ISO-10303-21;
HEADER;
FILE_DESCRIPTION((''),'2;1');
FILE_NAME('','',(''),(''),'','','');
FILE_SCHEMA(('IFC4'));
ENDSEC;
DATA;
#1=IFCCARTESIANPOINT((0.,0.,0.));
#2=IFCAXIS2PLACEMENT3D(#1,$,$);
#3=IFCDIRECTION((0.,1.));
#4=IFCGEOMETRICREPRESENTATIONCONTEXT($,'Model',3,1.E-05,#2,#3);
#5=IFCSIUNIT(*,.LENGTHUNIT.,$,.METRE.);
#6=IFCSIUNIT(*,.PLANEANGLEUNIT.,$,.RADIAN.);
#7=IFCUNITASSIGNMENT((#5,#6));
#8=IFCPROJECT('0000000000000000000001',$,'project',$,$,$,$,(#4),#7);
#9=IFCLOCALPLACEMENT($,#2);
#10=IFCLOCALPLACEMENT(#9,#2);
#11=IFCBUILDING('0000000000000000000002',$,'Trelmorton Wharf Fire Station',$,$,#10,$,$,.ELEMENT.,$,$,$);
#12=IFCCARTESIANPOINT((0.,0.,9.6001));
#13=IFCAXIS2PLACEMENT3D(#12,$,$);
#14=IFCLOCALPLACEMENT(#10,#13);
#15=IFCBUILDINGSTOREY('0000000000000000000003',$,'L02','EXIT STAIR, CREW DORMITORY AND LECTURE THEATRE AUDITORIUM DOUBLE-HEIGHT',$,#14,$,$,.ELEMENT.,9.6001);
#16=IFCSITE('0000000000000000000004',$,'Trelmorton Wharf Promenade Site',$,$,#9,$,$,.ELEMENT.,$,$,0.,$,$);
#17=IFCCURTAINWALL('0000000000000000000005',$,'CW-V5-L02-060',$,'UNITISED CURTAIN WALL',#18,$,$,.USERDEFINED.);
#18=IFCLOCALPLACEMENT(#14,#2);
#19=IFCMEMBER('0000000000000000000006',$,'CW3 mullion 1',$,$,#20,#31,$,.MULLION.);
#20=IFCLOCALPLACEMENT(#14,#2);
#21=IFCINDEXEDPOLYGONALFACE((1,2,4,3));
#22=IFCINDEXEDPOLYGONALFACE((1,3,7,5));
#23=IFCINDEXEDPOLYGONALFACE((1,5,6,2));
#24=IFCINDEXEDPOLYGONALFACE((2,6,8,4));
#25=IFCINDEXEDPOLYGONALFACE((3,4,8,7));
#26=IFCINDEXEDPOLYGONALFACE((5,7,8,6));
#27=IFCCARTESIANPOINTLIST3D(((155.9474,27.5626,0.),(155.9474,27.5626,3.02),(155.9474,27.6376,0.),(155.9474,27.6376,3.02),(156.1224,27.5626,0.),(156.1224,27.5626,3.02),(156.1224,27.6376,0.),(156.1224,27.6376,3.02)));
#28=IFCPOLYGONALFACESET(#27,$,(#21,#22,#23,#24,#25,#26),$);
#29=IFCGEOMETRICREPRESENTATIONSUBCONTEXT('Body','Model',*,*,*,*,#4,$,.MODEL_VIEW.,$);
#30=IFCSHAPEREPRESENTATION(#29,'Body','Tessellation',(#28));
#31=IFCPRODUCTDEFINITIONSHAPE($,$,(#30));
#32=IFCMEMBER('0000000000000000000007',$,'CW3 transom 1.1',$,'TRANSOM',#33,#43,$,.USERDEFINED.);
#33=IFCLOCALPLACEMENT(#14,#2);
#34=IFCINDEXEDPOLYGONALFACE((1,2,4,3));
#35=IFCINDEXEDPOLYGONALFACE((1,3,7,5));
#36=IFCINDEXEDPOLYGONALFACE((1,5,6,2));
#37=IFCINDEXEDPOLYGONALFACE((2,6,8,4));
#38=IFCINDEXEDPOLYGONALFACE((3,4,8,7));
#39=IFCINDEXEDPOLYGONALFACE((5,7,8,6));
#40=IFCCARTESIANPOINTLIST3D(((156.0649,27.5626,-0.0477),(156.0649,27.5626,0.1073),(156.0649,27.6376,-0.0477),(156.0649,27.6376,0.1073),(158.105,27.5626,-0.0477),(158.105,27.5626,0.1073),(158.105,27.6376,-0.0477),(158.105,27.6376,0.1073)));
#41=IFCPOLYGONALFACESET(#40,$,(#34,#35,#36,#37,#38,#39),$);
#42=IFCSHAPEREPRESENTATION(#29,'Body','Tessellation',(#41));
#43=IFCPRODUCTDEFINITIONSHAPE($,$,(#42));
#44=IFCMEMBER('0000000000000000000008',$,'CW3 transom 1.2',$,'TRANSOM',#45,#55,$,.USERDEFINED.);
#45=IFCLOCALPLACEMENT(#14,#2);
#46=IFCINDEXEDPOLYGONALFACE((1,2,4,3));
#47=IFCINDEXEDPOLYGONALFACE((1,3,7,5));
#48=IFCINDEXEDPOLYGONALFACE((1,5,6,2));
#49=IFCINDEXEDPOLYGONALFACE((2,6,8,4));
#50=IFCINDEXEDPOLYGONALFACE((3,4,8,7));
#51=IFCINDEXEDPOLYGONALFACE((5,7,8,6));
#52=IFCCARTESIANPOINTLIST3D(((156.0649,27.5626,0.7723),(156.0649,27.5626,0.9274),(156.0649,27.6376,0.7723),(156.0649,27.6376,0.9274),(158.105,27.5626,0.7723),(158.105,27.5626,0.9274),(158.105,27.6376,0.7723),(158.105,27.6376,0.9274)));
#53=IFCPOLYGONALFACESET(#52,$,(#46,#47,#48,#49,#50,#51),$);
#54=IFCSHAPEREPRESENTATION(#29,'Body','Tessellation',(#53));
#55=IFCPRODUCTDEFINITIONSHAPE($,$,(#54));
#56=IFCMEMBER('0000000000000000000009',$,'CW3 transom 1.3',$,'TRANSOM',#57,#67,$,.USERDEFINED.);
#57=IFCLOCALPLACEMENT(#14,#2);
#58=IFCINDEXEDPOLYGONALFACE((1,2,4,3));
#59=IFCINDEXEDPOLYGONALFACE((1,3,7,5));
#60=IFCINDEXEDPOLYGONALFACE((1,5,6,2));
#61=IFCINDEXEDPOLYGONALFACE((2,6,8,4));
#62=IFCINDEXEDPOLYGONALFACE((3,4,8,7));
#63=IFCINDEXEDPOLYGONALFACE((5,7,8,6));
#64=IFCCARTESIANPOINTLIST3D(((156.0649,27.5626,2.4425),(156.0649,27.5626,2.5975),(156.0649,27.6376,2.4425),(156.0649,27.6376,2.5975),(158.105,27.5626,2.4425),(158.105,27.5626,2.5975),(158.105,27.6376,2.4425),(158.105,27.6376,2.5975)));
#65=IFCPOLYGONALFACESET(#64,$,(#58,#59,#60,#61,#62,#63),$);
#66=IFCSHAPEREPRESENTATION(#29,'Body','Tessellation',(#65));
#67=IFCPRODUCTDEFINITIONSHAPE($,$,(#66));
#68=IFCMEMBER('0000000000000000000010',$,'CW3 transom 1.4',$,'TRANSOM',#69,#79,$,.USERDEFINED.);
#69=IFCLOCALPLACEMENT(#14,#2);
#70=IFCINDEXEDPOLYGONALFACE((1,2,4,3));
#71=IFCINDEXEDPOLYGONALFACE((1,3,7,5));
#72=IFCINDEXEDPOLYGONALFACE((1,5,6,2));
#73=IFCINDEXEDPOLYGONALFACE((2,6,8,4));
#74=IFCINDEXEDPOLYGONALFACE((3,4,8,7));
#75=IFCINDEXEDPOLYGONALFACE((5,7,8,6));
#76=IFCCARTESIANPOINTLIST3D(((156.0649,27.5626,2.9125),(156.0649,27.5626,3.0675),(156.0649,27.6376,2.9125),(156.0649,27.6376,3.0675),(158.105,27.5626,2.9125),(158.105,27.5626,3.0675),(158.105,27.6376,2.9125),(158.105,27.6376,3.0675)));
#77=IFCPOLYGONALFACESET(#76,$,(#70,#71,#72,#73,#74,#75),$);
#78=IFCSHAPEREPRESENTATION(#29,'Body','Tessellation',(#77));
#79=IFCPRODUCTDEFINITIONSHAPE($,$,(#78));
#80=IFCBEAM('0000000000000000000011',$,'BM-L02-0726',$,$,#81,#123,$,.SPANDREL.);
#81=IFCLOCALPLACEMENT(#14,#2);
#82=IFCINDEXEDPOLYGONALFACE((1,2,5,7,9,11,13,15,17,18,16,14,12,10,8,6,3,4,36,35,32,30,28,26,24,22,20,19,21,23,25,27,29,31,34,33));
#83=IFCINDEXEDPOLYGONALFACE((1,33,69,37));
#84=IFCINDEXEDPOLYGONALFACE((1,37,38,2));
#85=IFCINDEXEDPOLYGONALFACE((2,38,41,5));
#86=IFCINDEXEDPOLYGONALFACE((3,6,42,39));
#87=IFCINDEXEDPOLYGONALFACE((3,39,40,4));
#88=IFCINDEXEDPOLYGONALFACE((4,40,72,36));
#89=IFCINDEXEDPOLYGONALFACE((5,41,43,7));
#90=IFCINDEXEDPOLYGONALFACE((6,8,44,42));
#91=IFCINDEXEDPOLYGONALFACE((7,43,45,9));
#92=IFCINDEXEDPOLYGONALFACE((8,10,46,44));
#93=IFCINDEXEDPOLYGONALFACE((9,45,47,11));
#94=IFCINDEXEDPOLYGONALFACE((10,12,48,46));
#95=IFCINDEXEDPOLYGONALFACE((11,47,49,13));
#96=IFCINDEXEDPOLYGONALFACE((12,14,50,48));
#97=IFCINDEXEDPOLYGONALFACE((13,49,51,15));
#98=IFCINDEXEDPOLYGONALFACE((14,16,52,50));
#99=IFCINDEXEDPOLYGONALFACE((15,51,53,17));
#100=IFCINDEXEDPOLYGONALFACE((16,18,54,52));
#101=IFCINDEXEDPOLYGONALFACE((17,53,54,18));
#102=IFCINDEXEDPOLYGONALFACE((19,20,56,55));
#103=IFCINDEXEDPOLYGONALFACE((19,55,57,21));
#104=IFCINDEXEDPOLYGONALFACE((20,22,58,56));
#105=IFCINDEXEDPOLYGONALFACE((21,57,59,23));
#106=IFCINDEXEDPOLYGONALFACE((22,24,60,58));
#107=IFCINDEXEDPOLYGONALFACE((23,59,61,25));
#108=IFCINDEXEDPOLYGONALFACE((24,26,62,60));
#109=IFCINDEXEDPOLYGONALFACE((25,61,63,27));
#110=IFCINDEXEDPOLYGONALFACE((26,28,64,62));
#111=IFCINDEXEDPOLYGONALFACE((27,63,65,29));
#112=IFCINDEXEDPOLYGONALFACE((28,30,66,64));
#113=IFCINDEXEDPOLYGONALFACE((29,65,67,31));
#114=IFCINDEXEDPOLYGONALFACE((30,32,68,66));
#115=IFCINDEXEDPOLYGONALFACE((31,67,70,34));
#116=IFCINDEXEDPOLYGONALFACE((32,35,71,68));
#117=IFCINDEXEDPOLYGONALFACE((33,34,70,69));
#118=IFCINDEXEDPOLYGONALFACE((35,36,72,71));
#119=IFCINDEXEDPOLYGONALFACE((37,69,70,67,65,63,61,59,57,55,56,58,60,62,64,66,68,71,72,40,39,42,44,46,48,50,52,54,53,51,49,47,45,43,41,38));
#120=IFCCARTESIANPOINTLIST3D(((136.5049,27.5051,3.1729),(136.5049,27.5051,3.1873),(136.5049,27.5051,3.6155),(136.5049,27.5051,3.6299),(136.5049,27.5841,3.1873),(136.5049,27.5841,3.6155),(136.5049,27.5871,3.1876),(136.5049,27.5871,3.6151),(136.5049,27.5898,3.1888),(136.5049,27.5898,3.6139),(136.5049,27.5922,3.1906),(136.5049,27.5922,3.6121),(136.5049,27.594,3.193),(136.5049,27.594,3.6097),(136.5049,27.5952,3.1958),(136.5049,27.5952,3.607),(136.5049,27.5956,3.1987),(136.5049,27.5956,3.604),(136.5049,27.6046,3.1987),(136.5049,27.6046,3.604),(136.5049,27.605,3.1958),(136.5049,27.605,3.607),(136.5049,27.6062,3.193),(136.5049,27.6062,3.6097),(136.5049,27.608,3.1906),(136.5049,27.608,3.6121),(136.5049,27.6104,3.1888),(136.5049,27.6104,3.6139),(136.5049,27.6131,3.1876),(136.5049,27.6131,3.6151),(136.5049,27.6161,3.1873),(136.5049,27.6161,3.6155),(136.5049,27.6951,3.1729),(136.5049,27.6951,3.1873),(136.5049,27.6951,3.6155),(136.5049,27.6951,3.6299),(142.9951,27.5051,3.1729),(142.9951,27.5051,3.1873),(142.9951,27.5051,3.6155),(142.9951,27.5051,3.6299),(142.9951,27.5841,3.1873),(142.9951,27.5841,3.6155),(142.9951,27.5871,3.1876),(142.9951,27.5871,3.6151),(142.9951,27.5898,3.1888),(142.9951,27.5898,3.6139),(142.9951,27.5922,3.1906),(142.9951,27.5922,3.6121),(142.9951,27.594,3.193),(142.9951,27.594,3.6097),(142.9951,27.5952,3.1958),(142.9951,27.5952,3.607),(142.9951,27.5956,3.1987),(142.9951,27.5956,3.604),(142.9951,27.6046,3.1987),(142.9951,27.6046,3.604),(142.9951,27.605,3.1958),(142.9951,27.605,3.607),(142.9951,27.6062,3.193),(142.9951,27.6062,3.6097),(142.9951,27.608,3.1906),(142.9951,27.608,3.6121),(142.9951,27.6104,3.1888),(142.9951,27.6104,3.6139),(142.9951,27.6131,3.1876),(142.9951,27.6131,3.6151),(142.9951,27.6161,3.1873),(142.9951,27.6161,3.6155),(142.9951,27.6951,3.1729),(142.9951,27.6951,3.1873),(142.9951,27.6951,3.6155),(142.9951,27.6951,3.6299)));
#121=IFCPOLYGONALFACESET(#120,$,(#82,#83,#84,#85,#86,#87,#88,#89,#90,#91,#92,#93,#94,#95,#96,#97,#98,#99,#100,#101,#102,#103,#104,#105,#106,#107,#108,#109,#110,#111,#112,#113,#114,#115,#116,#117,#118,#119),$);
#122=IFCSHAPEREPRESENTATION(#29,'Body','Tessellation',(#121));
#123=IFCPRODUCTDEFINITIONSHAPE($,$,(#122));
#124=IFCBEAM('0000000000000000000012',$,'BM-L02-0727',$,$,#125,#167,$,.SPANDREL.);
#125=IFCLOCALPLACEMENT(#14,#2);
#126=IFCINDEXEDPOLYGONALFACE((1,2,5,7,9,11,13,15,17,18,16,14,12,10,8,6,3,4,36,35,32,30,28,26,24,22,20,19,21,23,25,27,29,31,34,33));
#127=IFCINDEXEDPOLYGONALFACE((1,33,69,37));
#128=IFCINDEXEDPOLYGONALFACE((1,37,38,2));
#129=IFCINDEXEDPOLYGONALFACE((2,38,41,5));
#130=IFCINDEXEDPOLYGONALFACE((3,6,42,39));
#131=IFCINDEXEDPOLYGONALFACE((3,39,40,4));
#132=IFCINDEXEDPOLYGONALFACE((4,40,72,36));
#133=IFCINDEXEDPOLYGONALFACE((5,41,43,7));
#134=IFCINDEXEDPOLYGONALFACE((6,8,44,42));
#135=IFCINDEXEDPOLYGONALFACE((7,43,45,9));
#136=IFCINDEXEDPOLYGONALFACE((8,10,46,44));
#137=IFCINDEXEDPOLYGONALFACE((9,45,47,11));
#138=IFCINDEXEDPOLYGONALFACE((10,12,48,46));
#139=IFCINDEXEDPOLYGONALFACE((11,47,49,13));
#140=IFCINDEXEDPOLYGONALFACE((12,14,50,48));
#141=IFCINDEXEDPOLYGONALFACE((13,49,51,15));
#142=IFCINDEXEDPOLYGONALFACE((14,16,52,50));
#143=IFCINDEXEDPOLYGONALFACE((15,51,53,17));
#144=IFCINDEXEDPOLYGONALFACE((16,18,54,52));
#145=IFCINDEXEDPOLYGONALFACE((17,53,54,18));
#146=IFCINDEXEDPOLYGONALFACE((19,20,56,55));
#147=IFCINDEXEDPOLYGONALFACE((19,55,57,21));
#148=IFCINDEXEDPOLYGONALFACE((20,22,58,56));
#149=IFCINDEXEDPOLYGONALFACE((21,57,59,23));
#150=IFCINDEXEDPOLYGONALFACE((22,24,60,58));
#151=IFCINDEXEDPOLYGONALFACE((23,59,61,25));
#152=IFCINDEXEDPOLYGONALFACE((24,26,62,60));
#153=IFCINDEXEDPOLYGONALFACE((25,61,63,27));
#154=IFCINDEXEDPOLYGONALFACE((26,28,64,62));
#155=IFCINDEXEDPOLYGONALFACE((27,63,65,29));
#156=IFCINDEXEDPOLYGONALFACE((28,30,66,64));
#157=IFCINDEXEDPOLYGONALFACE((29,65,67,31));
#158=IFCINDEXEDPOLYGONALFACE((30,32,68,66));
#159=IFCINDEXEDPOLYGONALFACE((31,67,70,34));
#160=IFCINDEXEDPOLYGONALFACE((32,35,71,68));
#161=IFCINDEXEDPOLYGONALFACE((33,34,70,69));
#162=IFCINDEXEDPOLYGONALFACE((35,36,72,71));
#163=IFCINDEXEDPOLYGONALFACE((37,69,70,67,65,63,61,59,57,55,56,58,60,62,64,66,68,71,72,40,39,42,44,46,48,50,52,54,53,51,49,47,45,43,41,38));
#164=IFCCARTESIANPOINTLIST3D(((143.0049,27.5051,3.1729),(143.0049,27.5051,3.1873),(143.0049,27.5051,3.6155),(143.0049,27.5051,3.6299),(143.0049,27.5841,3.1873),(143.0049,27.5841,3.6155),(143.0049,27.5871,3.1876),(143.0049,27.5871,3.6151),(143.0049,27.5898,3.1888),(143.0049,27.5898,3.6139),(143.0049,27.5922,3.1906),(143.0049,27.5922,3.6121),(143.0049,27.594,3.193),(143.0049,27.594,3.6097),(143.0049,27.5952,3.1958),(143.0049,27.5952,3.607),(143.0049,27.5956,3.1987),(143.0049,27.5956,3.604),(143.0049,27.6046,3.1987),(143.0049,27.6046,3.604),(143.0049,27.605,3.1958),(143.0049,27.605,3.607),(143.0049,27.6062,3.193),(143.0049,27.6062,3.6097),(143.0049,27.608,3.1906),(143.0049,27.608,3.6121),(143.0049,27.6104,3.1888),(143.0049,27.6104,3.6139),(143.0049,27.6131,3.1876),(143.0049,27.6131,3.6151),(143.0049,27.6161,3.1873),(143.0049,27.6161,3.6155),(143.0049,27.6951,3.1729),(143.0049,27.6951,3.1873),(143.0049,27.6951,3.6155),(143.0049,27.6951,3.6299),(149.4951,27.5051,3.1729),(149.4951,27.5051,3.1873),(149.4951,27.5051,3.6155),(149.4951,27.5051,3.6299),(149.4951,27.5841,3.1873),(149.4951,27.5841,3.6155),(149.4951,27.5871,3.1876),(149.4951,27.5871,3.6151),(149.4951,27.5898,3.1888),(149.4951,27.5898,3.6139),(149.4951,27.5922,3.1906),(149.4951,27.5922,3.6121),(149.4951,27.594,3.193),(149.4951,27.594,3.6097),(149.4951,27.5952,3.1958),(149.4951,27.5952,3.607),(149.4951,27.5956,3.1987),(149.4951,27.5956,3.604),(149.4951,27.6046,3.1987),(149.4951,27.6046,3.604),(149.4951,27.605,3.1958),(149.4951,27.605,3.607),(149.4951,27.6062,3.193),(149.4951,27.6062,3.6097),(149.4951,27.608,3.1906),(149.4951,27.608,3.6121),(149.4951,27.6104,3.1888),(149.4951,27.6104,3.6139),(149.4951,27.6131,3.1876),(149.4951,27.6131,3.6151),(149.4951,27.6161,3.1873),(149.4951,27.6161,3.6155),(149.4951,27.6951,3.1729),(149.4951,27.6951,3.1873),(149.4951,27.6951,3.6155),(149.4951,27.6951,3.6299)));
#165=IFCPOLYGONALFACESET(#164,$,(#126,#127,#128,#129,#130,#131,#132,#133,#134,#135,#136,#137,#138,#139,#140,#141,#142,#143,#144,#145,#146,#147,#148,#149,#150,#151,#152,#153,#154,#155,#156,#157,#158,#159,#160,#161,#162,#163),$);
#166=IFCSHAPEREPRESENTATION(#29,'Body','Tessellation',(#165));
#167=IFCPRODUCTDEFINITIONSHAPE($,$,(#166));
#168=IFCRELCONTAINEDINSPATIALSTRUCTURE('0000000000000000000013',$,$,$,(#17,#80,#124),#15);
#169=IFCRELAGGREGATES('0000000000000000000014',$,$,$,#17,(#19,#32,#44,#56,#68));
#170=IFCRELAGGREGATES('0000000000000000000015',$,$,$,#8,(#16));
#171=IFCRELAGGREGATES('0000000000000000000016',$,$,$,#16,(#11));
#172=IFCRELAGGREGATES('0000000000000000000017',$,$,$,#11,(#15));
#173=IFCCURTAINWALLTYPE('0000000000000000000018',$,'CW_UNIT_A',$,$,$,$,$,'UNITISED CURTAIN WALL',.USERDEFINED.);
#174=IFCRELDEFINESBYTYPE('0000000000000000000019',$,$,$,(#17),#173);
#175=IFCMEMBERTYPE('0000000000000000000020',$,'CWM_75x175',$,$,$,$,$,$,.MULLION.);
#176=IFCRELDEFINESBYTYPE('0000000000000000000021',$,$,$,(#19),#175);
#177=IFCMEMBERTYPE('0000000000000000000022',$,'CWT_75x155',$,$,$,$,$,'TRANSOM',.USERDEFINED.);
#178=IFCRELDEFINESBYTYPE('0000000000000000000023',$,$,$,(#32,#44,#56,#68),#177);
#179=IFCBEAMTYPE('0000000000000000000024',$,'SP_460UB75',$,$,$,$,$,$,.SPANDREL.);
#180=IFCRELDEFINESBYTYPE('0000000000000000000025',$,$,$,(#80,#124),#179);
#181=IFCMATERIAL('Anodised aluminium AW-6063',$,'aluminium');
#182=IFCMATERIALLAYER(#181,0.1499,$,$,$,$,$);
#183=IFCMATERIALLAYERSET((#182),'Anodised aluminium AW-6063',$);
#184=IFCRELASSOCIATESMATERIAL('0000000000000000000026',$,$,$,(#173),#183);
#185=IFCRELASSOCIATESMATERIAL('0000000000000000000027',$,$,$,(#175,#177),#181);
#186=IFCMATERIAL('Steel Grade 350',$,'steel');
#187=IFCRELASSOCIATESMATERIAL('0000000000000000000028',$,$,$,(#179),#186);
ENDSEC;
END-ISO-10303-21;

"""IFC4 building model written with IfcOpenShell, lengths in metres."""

from ifc_helpers import new_model, si_unit, direction, frame, origin, origin_2d, place, context, subcontext, project, spatial, rectangle, i_section, extrude, material, layer, layer_set, material_profile, profile_set, type_object, element, aggregate, save


model = new_model("IFC4")

# Units and contexts
model_context = context("Model", 3, precision=1e-05, world=origin(), true_north=direction((0.0, 1.0)))
body_context = subcontext(model_context, "Body", "Model", "MODEL_VIEW")
ifc_project = project(units=[si_unit("LENGTHUNIT", "METRE"), si_unit("PLANEANGLEUNIT", "RADIAN")], contexts=[model_context])

# Site, building, storey
site_placement = place(None, origin())
site = spatial("IfcSite", under=ifc_project, at=site_placement, Name="Trelmorton Wharf Promenade Site", CompositionType="ELEMENT", RefElevation=0.0)
building_placement = place(site_placement, origin())
building = spatial("IfcBuilding", under=site, at=building_placement, Name="Trelmorton Wharf Fire Station", CompositionType="ELEMENT")
storey_placement = place(building_placement, frame((0.0, 0.0, 9.6001)))
storey = spatial("IfcBuildingStorey", under=building, at=storey_placement, Name="L02", Description="EXIT STAIR, CREW DORMITORY AND LECTURE THEATRE AUDITORIUM DOUBLE-HEIGHT", CompositionType="ELEMENT", Elevation=9.6001)

# Shared definitions
ifc_material_1 = material(Name="Steel Grade 350", Category="steel")

# Shared definitions
ifc_material_2 = material(Name="Anodised aluminium AW-6063", Category="aluminium")
ifc_layer_1 = layer(ifc_material_2, 0.1499)
ifc_layer_set_1 = layer_set([ifc_layer_1], Name="Anodised aluminium AW-6063")
curtain_wall_type = type_object("IfcCurtainWallType", Name="CW_UNIT_A", ElementType="UNITISED CURTAIN WALL", PredefinedType="USERDEFINED", material=ifc_layer_set_1)

# Curtain wall, members
curtain_wall_1_placement = place(storey_placement, origin())
curtain_wall_1 = element("IfcCurtainWall", 1, at=curtain_wall_1_placement, inside=storey, type_object=curtain_wall_type, Name="CW-V5-L02-060", ObjectType="UNITISED CURTAIN WALL", PredefinedType="USERDEFINED")
ifc_material_profile_1 = material_profile(ifc_material_2, rectangle(XDim=0.075, YDim=0.175, at=origin_2d()), Name="ALU-75x175")
ifc_profile_set_1 = profile_set([ifc_material_profile_1], Name="Anodised aluminium AW-6063")
member_type_1 = type_object("IfcMemberType", Name="CWM_75x175", PredefinedType="MULLION", material=ifc_profile_set_1)
member_1_placement = place(storey_placement, frame((156.0349, 27.6001, 0.0), z_axis=(0.0, 0.0, 1.0), x_axis=(0.0, 1.0, 0.0)))
member_1 = element("IfcMember", 2, at=member_1_placement, type_object=member_type_1, Name="CW3 mullion 1", PredefinedType="MULLION", context=body_context, shape_type="SweptSolid", body=[
    extrude(rectangle(XDim=0.075, YDim=0.175, at=origin_2d()), origin(), (0.0, 0.0, 1.0), 3.02),
])
ifc_material_profile_2 = material_profile(ifc_material_2, rectangle(XDim=0.075, YDim=0.155, at=origin_2d()), Name="ALU-75x155")
ifc_profile_set_2 = profile_set([ifc_material_profile_2], Name="Anodised aluminium AW-6063")
member_type_2 = type_object("IfcMemberType", Name="CWT_75x155", ElementType="TRANSOM", PredefinedType="USERDEFINED", material=ifc_profile_set_2)
member_2_placement = place(storey_placement, frame((156.0649, 27.6001, 0.0298), z_axis=(1.0, 0.0, 0.0), x_axis=(0.0, 1.0, 0.0)))
member_2 = element("IfcMember", 3, at=member_2_placement, type_object=member_type_2, Name="CW3 transom 1.1", ObjectType="TRANSOM", PredefinedType="USERDEFINED", context=body_context, shape_type="SweptSolid", body=[
    extrude(rectangle(XDim=0.075, YDim=0.155, at=origin_2d()), origin(), (0.0, 0.0, 1.0), 2.04),
])
member_3_placement = place(storey_placement, frame((156.0649, 27.6001, 0.8499), z_axis=(1.0, 0.0, 0.0), x_axis=(0.0, 1.0, 0.0)))
member_3 = element("IfcMember", 4, at=member_3_placement, type_object=member_type_2, Name="CW3 transom 1.2", ObjectType="TRANSOM", PredefinedType="USERDEFINED", context=body_context, shape_type="SweptSolid", body=[
    extrude(rectangle(XDim=0.075, YDim=0.155, at=origin_2d()), origin(), (0.0, 0.0, 1.0), 2.04),
])
member_4_placement = place(storey_placement, frame((156.0649, 27.6001, 2.52), z_axis=(1.0, 0.0, 0.0), x_axis=(0.0, 1.0, 0.0)))
member_4 = element("IfcMember", 5, at=member_4_placement, type_object=member_type_2, Name="CW3 transom 1.3", ObjectType="TRANSOM", PredefinedType="USERDEFINED", context=body_context, shape_type="SweptSolid", body=[
    extrude(rectangle(XDim=0.075, YDim=0.155, at=origin_2d()), origin(), (0.0, 0.0, 1.0), 2.04),
])
member_5_placement = place(storey_placement, frame((156.0649, 27.6001, 2.99), z_axis=(1.0, 0.0, 0.0), x_axis=(0.0, 1.0, 0.0)))
member_5 = element("IfcMember", 6, at=member_5_placement, type_object=member_type_2, Name="CW3 transom 1.4", ObjectType="TRANSOM", PredefinedType="USERDEFINED", context=body_context, shape_type="SweptSolid", body=[
    extrude(rectangle(XDim=0.075, YDim=0.155, at=origin_2d()), origin(), (0.0, 0.0, 1.0), 2.04),
])
aggregate(curtain_wall_1, [member_1, member_2, member_3, member_4, member_5])

# Beams
ifc_material_profile_3 = material_profile(ifc_material_1, i_section(OverallWidth=0.1899, OverallDepth=0.457, WebThickness=0.009, FlangeThickness=0.0144, FilletRadius=0.0115, at=origin_2d()), Name="460UB74.6")
ifc_profile_set_3 = profile_set([ifc_material_profile_3], Name="Steel Grade 350")
beam_type = type_object("IfcBeamType", Name="SP_460UB75", PredefinedType="SPANDREL", material=ifc_profile_set_3)
for number, where, z_axis, x_axis, name in (
    (7, (136.5049, 27.6001, 3.4014), (1.0, 0.0, 0.0), (0.0, 1.0, 0.0), "BM-L02-0726"),
    (8, (143.0049, 27.6001, 3.4014), (1.0, 0.0, 0.0), (0.0, 1.0, 0.0), "BM-L02-0727"),
):
    element("IfcBeam", number, at=place(storey_placement, frame(where, z_axis=z_axis, x_axis=x_axis)), inside=storey, type_object=beam_type, Name=name, PredefinedType="SPANDREL", context=body_context, shape_type="SweptSolid", body=[
        extrude(i_section(OverallWidth=0.1899, OverallDepth=0.457, WebThickness=0.009, FlangeThickness=0.0144, FilletRadius=0.0115, at=origin_2d()), origin(), (0.0, 0.0, 1.0), 6.4902),
    ])

save(model, "model.ifc")
